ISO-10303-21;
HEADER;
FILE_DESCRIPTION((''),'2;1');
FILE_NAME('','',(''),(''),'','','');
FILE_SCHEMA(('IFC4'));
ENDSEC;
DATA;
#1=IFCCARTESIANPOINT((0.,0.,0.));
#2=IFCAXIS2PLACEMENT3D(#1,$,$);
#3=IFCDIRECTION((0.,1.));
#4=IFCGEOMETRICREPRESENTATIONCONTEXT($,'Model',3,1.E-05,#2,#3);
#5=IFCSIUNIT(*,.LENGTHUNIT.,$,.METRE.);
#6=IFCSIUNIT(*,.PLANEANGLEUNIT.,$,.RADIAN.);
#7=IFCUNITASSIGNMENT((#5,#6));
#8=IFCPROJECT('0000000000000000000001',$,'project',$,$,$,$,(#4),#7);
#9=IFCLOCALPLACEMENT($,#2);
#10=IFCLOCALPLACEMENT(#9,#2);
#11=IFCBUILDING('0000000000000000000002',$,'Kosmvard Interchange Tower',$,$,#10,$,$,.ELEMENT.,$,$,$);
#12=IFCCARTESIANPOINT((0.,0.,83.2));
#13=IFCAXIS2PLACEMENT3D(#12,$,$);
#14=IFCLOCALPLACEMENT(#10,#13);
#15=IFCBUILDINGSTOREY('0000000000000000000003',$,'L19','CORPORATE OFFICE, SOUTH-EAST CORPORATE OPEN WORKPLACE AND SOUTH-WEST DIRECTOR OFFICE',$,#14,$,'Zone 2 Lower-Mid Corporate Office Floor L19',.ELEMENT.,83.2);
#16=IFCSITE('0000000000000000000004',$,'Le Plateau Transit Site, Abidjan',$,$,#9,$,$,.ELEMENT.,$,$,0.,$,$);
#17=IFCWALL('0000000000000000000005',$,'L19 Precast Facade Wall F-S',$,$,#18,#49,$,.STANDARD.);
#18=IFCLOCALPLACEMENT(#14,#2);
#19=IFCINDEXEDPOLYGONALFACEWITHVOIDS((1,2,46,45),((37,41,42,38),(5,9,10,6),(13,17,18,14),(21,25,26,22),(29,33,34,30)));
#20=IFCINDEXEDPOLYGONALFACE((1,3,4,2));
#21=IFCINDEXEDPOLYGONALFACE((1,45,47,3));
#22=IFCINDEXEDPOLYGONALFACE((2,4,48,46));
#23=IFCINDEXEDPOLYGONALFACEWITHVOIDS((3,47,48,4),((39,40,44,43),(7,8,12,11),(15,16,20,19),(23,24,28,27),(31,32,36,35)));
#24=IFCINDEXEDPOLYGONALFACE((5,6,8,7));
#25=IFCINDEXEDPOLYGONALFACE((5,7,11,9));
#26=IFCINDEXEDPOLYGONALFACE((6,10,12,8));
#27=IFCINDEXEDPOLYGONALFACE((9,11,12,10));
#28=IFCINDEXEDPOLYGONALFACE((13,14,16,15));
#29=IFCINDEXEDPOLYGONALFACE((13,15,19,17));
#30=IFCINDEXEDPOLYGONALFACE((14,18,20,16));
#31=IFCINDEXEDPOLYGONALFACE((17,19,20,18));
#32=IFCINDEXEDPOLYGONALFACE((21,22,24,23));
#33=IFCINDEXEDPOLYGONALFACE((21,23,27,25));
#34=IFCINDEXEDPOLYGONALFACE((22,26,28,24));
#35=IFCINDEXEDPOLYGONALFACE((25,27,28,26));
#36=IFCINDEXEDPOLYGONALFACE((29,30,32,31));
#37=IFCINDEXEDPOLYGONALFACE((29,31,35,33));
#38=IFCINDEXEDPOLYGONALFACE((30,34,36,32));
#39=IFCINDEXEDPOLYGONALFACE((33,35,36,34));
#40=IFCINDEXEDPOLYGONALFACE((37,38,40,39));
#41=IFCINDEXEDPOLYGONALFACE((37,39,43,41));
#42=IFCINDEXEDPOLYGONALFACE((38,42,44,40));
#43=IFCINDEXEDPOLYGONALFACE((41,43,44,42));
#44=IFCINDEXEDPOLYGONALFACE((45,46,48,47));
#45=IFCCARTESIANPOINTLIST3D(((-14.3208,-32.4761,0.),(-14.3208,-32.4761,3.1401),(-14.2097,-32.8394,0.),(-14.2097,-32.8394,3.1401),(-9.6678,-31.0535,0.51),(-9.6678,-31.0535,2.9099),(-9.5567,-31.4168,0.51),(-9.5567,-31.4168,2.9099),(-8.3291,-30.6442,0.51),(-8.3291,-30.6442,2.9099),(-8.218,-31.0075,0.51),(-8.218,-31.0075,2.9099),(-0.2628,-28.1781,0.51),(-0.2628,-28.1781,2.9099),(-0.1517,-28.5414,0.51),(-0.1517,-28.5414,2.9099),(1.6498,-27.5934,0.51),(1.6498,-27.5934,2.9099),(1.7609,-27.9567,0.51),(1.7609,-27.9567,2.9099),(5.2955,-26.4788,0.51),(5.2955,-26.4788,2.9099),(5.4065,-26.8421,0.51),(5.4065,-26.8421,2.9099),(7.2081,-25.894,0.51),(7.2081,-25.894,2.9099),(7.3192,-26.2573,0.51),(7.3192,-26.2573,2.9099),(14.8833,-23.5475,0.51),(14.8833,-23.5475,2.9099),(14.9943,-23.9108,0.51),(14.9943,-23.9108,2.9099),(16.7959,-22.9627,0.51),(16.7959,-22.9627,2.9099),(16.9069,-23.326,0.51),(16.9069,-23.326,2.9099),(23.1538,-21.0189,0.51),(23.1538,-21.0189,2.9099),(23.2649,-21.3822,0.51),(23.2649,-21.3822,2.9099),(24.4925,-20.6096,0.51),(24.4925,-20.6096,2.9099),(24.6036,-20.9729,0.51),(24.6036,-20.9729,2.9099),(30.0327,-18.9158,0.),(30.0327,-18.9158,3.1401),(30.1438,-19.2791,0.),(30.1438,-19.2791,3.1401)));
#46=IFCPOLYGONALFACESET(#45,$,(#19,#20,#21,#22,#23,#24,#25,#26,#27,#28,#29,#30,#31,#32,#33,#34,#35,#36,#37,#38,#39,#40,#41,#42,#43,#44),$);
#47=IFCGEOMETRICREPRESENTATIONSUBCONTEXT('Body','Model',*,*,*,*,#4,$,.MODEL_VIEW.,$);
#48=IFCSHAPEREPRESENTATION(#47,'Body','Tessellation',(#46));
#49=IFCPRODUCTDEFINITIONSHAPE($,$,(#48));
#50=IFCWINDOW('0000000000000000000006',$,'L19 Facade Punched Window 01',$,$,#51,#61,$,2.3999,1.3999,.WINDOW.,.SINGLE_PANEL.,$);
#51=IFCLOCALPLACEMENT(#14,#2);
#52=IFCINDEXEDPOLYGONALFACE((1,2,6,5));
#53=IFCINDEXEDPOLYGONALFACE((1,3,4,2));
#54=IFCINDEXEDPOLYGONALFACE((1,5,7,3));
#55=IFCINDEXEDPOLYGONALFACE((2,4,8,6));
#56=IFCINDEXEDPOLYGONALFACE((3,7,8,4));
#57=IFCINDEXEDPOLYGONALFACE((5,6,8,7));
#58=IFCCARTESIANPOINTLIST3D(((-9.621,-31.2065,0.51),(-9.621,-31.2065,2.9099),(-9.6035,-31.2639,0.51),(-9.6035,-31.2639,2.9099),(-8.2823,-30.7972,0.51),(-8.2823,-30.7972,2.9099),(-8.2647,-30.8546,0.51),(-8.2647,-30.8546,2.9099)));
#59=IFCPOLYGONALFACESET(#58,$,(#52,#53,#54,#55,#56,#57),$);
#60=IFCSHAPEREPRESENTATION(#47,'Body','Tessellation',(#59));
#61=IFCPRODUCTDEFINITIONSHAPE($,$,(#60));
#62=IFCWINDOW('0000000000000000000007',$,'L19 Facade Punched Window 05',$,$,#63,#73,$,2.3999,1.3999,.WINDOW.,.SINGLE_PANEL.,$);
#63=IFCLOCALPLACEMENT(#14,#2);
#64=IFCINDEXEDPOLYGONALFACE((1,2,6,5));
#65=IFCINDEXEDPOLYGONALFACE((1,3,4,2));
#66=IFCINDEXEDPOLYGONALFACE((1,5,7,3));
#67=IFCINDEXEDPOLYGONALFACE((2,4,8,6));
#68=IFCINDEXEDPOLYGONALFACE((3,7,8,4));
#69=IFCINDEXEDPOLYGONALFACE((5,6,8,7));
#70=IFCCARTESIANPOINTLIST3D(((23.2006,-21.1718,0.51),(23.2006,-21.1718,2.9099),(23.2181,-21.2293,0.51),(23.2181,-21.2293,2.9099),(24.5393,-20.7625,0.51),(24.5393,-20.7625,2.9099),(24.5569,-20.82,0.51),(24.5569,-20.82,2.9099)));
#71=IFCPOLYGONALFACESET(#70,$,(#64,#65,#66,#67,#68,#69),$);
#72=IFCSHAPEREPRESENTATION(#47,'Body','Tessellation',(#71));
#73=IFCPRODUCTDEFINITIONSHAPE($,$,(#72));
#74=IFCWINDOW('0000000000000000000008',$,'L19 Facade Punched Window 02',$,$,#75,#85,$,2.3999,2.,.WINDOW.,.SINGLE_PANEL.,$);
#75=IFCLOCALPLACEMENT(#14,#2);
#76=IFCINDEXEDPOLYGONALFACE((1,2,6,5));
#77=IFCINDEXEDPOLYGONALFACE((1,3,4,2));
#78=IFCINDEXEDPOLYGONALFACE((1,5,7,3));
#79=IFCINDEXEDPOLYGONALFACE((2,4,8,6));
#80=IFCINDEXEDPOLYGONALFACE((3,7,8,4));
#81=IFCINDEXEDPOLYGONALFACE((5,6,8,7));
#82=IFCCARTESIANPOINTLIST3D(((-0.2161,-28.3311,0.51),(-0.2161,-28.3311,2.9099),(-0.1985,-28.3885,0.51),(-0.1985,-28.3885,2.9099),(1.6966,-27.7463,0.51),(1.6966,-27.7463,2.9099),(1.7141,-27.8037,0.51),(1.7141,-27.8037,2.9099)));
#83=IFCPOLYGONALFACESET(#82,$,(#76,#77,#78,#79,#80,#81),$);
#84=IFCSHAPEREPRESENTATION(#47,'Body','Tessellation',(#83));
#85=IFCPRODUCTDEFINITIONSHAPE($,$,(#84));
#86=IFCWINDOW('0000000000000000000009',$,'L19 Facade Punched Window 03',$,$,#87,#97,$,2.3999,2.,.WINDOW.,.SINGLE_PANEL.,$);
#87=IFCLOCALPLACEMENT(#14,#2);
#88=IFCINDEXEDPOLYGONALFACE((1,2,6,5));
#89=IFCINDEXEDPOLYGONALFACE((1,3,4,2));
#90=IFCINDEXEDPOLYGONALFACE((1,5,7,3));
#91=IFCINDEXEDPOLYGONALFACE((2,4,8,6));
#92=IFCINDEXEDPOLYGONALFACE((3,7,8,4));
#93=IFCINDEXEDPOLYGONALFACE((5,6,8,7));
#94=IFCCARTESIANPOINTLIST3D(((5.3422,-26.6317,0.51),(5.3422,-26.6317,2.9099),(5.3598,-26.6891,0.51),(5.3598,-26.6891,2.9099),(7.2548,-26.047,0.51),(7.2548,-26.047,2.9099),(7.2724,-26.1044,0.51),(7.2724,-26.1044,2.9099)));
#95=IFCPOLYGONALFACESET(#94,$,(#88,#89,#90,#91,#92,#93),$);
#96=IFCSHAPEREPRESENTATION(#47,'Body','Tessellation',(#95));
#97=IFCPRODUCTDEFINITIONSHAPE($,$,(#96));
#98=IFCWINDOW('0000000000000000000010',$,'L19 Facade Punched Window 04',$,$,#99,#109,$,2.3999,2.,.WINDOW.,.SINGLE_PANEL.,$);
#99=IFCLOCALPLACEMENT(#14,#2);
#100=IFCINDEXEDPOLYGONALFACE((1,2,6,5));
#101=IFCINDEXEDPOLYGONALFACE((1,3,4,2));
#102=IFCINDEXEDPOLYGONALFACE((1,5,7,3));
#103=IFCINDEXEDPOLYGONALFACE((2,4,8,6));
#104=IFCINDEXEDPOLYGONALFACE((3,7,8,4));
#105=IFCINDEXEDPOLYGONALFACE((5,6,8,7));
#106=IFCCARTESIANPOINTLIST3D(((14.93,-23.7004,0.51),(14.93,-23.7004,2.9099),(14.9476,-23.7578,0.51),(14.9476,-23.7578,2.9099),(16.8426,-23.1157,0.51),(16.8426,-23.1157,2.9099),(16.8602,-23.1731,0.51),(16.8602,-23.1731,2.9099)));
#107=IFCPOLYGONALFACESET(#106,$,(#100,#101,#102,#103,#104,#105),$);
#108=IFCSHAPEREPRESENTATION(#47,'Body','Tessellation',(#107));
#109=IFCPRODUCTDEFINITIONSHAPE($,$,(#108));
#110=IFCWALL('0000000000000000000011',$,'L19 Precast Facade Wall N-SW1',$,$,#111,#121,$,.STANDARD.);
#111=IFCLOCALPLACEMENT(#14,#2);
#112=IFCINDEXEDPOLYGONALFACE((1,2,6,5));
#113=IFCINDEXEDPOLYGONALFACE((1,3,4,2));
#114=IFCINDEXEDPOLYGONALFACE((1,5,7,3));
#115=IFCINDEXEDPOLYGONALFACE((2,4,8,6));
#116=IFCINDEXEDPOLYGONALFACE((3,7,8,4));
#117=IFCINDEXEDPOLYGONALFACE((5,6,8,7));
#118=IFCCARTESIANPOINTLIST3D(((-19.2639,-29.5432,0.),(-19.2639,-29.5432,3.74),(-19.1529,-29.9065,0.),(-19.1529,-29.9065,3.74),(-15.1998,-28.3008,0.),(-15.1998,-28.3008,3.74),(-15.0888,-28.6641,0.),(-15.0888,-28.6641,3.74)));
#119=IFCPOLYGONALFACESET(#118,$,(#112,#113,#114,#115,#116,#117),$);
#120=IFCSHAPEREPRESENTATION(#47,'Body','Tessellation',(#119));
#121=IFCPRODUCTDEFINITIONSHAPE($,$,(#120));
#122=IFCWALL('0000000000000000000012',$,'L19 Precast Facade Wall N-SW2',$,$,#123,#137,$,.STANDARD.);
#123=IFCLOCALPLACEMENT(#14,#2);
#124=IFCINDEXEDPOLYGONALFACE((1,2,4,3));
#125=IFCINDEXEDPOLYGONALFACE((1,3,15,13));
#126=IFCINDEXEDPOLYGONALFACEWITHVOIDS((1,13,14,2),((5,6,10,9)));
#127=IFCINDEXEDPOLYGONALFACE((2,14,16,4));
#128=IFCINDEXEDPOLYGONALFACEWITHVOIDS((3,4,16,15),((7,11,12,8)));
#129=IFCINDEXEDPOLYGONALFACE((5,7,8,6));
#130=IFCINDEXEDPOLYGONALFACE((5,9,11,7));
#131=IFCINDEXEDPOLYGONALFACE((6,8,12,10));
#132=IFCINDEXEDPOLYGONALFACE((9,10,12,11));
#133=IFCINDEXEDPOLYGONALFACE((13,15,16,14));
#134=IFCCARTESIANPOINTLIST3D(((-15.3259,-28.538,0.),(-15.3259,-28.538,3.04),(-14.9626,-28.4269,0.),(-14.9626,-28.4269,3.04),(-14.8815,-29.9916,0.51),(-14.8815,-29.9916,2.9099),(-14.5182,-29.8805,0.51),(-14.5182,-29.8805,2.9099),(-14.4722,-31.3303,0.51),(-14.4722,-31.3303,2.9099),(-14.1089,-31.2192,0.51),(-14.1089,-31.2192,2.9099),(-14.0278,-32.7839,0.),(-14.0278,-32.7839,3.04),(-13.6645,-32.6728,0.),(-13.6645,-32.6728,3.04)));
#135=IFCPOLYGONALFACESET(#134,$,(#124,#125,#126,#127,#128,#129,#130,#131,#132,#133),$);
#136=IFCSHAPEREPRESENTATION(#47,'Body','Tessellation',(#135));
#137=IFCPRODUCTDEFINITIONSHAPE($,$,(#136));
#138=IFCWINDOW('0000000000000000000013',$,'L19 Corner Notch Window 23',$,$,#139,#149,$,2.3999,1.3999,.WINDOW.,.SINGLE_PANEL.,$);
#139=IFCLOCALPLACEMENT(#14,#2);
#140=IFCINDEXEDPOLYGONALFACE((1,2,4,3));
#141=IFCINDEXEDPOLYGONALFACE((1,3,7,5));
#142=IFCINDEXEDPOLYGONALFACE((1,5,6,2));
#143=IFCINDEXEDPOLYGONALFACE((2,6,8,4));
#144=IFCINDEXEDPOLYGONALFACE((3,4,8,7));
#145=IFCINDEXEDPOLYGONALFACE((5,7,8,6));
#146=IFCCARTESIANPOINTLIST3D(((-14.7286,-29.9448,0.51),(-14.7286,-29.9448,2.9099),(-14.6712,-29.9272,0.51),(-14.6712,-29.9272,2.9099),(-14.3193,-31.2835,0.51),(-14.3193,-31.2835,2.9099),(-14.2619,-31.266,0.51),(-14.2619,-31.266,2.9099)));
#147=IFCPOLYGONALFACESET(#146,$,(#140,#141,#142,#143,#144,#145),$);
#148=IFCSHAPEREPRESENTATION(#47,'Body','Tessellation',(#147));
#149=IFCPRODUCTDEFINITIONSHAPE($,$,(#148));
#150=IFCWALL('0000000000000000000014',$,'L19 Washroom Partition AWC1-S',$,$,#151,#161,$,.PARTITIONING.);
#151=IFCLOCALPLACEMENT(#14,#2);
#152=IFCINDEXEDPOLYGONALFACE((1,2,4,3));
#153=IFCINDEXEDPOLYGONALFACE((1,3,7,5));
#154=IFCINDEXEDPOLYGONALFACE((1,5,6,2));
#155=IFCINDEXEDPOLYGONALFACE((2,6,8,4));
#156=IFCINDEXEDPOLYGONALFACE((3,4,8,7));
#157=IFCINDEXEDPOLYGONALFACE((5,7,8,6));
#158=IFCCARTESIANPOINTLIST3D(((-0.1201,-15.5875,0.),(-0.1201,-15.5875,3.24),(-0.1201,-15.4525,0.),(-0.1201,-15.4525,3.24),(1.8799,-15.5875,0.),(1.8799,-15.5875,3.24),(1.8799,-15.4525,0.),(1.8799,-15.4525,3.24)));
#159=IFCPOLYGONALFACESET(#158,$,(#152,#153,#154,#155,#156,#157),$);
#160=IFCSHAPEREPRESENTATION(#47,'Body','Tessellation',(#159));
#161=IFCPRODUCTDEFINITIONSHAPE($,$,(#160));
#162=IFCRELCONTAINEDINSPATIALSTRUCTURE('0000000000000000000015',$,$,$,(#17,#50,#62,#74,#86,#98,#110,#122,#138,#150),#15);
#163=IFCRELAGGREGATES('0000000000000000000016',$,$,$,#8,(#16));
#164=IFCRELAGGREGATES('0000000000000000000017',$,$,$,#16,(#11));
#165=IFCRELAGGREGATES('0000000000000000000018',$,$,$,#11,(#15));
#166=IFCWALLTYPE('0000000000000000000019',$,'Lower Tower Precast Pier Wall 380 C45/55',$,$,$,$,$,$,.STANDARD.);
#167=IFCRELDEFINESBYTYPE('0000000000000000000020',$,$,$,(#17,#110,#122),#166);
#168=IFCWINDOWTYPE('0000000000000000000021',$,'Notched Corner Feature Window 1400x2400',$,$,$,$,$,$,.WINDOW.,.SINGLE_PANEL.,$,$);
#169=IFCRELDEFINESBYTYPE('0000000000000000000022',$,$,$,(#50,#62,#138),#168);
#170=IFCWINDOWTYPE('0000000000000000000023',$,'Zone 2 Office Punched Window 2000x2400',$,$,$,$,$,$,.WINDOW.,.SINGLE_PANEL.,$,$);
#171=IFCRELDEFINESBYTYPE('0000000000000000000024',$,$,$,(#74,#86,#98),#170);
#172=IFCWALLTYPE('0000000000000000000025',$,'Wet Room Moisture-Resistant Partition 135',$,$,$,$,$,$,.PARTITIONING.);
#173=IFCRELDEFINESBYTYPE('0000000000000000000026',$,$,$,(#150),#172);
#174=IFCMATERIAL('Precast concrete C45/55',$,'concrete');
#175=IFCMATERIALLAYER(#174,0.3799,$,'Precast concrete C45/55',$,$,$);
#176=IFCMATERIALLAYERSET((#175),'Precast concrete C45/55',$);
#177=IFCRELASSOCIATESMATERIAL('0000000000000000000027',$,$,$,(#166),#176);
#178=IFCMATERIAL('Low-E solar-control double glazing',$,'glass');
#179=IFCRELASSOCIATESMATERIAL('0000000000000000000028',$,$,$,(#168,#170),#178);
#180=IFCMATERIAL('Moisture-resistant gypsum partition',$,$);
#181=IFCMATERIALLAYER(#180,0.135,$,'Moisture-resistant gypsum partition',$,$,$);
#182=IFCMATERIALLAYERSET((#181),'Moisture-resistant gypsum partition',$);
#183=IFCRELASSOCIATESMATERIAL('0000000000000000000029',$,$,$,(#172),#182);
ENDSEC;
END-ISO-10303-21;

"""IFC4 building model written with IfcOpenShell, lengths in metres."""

from ifc_helpers import new_model, si_unit, direction, frame, frame_2d, origin, place, context, subcontext, project, spatial, rectangle, extrude, source, transform, mapped, material, layer, layer_set, type_object, element, fill, save


model = new_model("IFC4")

# Units and contexts
model_context = context("Model", 3, precision=1e-05, world=origin(), true_north=direction((0.0, 1.0)))
body_context = subcontext(model_context, "Body", "Model", "MODEL_VIEW")
ifc_project = project(units=[si_unit("LENGTHUNIT", "METRE"), si_unit("PLANEANGLEUNIT", "RADIAN")], contexts=[model_context])

# Site, building, storey
site_placement = place(None, origin())
site = spatial("IfcSite", under=ifc_project, at=site_placement, Name="Le Plateau Transit Site, Abidjan", CompositionType="ELEMENT", RefElevation=0.0)
building_placement = place(site_placement, origin())
building = spatial("IfcBuilding", under=site, at=building_placement, Name="Kosmvard Interchange Tower", CompositionType="ELEMENT")
storey_placement = place(building_placement, frame((0.0, 0.0, 83.2)))
storey = spatial("IfcBuildingStorey", under=building, at=storey_placement, Name="L19", Description="CORPORATE OFFICE, SOUTH-EAST CORPORATE OPEN WORKPLACE AND SOUTH-WEST DIRECTOR OFFICE", LongName="Zone 2 Lower-Mid Corporate Office Floor L19", CompositionType="ELEMENT", Elevation=83.2)

# Shared definitions
ifc_material_1 = material(Name="Precast concrete C45/55", Category="concrete")

# Wall, openings, windows
ifc_layer_1 = layer(ifc_material_1, 0.3799, Name="Precast concrete C45/55")
ifc_layer_set_1 = layer_set([ifc_layer_1], Name="Precast concrete C45/55")
wall_type_1 = type_object("IfcWallType", Name="Lower Tower Precast Pier Wall 380 C45/55", PredefinedType="STANDARD", material=ifc_layer_set_1)
wall_1_placement = place(storey_placement, frame((-14.2651, -32.6577, 0.0), z_axis=(0.0, 0.0, 1.0), x_axis=(0.956304, 0.292373, 0.0)))
wall_1 = element("IfcWall", 1, at=wall_1_placement, inside=storey, type_object=wall_type_1, Name="L19 Precast Facade Wall F-S", PredefinedType="STANDARD", context=body_context, shape_type="SweptSolid", body=[
    extrude(rectangle(XDim=46.3801, YDim=0.3799, at=frame_2d((23.1899, 0.0))), origin(), (0.0, 0.0, 1.0), 3.1401),
])
opening_1_placement = place(wall_1_placement, frame((4.8655, 0.0, 0.51)))
opening_1 = element("IfcOpeningElement", 2, at=opening_1_placement, cuts=wall_1, PredefinedType="OPENING", context=body_context, shape_type="SweptSolid", body=[
    extrude(rectangle(XDim=1.3999, YDim=2.3999, at=frame_2d((0.7, 1.2))), frame((0.0, 0.2, 0.0), z_axis=(0.0, -1.0, 0.0), x_axis=(1.0, 0.0, 0.0)), (0.0, 0.0, 1.0), 0.3999),
])
opening_2_placement = place(wall_1_placement, frame((14.7002, 0.0, 0.51)))
opening_2 = element("IfcOpeningElement", 3, at=opening_2_placement, cuts=wall_1, PredefinedType="OPENING", context=body_context, shape_type="SweptSolid", body=[
    extrude(rectangle(XDim=2.0, YDim=2.3999, at=frame_2d((1.0, 1.2))), frame((0.0, 0.2, 0.0), z_axis=(0.0, -1.0, 0.0), x_axis=(1.0, 0.0, 0.0)), (0.0, 0.0, 1.0), 0.3999),
])
opening_3_placement = place(wall_1_placement, frame((20.5125, 0.0, 0.51)))
opening_3 = element("IfcOpeningElement", 4, at=opening_3_placement, cuts=wall_1, PredefinedType="OPENING", context=body_context, shape_type="SweptSolid", body=[
    extrude(rectangle(XDim=2.0, YDim=2.3999, at=frame_2d((1.0, 1.2))), frame((0.0, 0.2, 0.0), z_axis=(0.0, -1.0, 0.0), x_axis=(1.0, 0.0, 0.0)), (0.0, 0.0, 1.0), 0.3999),
])
opening_4_placement = place(wall_1_placement, frame((30.5383, 0.0, 0.51)))
opening_4 = element("IfcOpeningElement", 5, at=opening_4_placement, cuts=wall_1, PredefinedType="OPENING", context=body_context, shape_type="SweptSolid", body=[
    extrude(rectangle(XDim=2.0, YDim=2.3999, at=frame_2d((1.0, 1.2))), frame((0.0, 0.2, 0.0), z_axis=(0.0, -1.0, 0.0), x_axis=(1.0, 0.0, 0.0)), (0.0, 0.0, 1.0), 0.3999),
])
opening_5_placement = place(wall_1_placement, frame((39.1868, 0.0, 0.51)))
opening_5 = element("IfcOpeningElement", 6, at=opening_5_placement, cuts=wall_1, PredefinedType="OPENING", context=body_context, shape_type="SweptSolid", body=[
    extrude(rectangle(XDim=1.3999, YDim=2.3999, at=frame_2d((0.7, 1.2))), frame((0.0, 0.2, 0.0), z_axis=(0.0, -1.0, 0.0), x_axis=(1.0, 0.0, 0.0)), (0.0, 0.0, 1.0), 0.3999),
])
ifc_material_2 = material(Name="Low-E solar-control double glazing", Category="glass")
window_type_1 = type_object("IfcWindowType", Name="Notched Corner Feature Window 1400x2400", PartitioningType="SINGLE_PANEL", PredefinedType="WINDOW", material=ifc_material_2)
shared_shape_1 = source(origin(), body_context, "Body", "SweptSolid", [
    extrude(rectangle(XDim=1.3999, YDim=2.3999, at=frame_2d((0.7, 1.2))), frame((0.0, 0.03, 0.0), z_axis=(0.0, -1.0, 0.0), x_axis=(1.0, 0.0, 0.0)), (0.0, 0.0, 1.0), 0.0601),
])
window_1_placement = place(opening_1_placement, origin())
window_1 = element("IfcWindow", 7, at=window_1_placement, inside=storey, type_object=window_type_1, Name="L19 Facade Punched Window 01", OverallHeight=2.3999, OverallWidth=1.3999, PartitioningType="SINGLE_PANEL", PredefinedType="WINDOW", context=body_context, shape_type="MappedRepresentation", body=[
    mapped(shared_shape_1, transform((0.0, 0.0, 0.0), scale=1.0)),
])
fill(opening_1, window_1)
window_2_placement = place(opening_5_placement, origin())
window_2 = element("IfcWindow", 8, at=window_2_placement, inside=storey, type_object=window_type_1, Name="L19 Facade Punched Window 05", OverallHeight=2.3999, OverallWidth=1.3999, PartitioningType="SINGLE_PANEL", PredefinedType="WINDOW", context=body_context, shape_type="MappedRepresentation", body=[
    mapped(shared_shape_1, transform((0.0, 0.0, 0.0), scale=1.0)),
])
fill(opening_5, window_2)
window_type_2 = type_object("IfcWindowType", Name="Zone 2 Office Punched Window 2000x2400", PartitioningType="SINGLE_PANEL", PredefinedType="WINDOW", material=ifc_material_2)
shared_shape_2 = source(origin(), body_context, "Body", "SweptSolid", [
    extrude(rectangle(XDim=2.0, YDim=2.3999, at=frame_2d((1.0, 1.2))), frame((0.0, 0.03, 0.0), z_axis=(0.0, -1.0, 0.0), x_axis=(1.0, 0.0, 0.0)), (0.0, 0.0, 1.0), 0.0601),
])
window_3_placement = place(opening_2_placement, origin())
window_3 = element("IfcWindow", 9, at=window_3_placement, inside=storey, type_object=window_type_2, Name="L19 Facade Punched Window 02", OverallHeight=2.3999, OverallWidth=2.0, PartitioningType="SINGLE_PANEL", PredefinedType="WINDOW", context=body_context, shape_type="MappedRepresentation", body=[
    mapped(shared_shape_2, transform((0.0, 0.0, 0.0), scale=1.0)),
])
fill(opening_2, window_3)
window_4_placement = place(opening_3_placement, origin())
window_4 = element("IfcWindow", 10, at=window_4_placement, inside=storey, type_object=window_type_2, Name="L19 Facade Punched Window 03", OverallHeight=2.3999, OverallWidth=2.0, PartitioningType="SINGLE_PANEL", PredefinedType="WINDOW", context=body_context, shape_type="MappedRepresentation", body=[
    mapped(shared_shape_2, transform((0.0, 0.0, 0.0), scale=1.0)),
])
fill(opening_3, window_4)
window_5_placement = place(opening_4_placement, origin())
window_5 = element("IfcWindow", 11, at=window_5_placement, inside=storey, type_object=window_type_2, Name="L19 Facade Punched Window 04", OverallHeight=2.3999, OverallWidth=2.0, PartitioningType="SINGLE_PANEL", PredefinedType="WINDOW", context=body_context, shape_type="MappedRepresentation", body=[
    mapped(shared_shape_2, transform((0.0, 0.0, 0.0), scale=1.0)),
])
fill(opening_4, window_5)

# Wall
wall_2_placement = place(storey_placement, frame((-19.2085, -29.7249, 0.0), z_axis=(0.0, 0.0, 1.0), x_axis=(0.956313, 0.292346, 0.0)))
element("IfcWall", 12, at=wall_2_placement, inside=storey, type_object=wall_type_1, Name="L19 Precast Facade Wall N-SW1", PredefinedType="STANDARD", context=body_context, shape_type="SweptSolid", body=[
    extrude(rectangle(XDim=4.2498, YDim=0.3799, at=frame_2d((2.125, 0.0))), origin(), (0.0, 0.0, 1.0), 3.74),
])

# Wall, opening, window
wall_3_placement = place(storey_placement, frame((-15.1443, -28.4824, 0.0), z_axis=(0.0, 0.0, 1.0), x_axis=(0.292374, -0.956304, 0.0)))
wall_3 = element("IfcWall", 13, at=wall_3_placement, inside=storey, type_object=wall_type_1, Name="L19 Precast Facade Wall N-SW2", PredefinedType="STANDARD", context=body_context, shape_type="SweptSolid", body=[
    extrude(rectangle(XDim=4.4399, YDim=0.3799, at=frame_2d((2.22, 0.0))), origin(), (0.0, 0.0, 1.0), 3.04),
])
opening_6_placement = place(wall_3_placement, frame((1.52, 0.0, 0.51)))
opening_6 = element("IfcOpeningElement", 14, at=opening_6_placement, cuts=wall_3, PredefinedType="OPENING", context=body_context, shape_type="SweptSolid", body=[
    extrude(rectangle(XDim=1.3999, YDim=2.3999, at=frame_2d((0.7, 1.2))), frame((0.0, 0.2, 0.0), z_axis=(0.0, -1.0, 0.0), x_axis=(1.0, 0.0, 0.0)), (0.0, 0.0, 1.0), 0.3999),
])
window_6_placement = place(opening_6_placement, origin())
window_6 = element("IfcWindow", 15, at=window_6_placement, inside=storey, type_object=window_type_1, Name="L19 Corner Notch Window 23", OverallHeight=2.3999, OverallWidth=1.3999, PartitioningType="SINGLE_PANEL", PredefinedType="WINDOW", context=body_context, shape_type="MappedRepresentation", body=[
    mapped(shared_shape_1, transform((0.0, 0.0, 0.0), scale=1.0)),
])
fill(opening_6, window_6)

# Wall
ifc_material_3 = material(Name="Moisture-resistant gypsum partition")
ifc_layer_2 = layer(ifc_material_3, 0.135, Name="Moisture-resistant gypsum partition")
ifc_layer_set_2 = layer_set([ifc_layer_2], Name="Moisture-resistant gypsum partition")
wall_type_2 = type_object("IfcWallType", Name="Wet Room Moisture-Resistant Partition 135", PredefinedType="PARTITIONING", material=ifc_layer_set_2)
wall_4_placement = place(storey_placement, frame((-0.1201, -15.52, 0.0), z_axis=(0.0, 0.0, 1.0), x_axis=(1.0, 0.0, 0.0)))
element("IfcWall", 16, at=wall_4_placement, inside=storey, type_object=wall_type_2, Name="L19 Washroom Partition AWC1-S", PredefinedType="PARTITIONING", context=body_context, shape_type="SweptSolid", body=[
    extrude(rectangle(XDim=2.0, YDim=0.135, at=frame_2d((1.0, 0.0))), origin(), (0.0, 0.0, 1.0), 3.24),
])

save(model, "model.ifc")
